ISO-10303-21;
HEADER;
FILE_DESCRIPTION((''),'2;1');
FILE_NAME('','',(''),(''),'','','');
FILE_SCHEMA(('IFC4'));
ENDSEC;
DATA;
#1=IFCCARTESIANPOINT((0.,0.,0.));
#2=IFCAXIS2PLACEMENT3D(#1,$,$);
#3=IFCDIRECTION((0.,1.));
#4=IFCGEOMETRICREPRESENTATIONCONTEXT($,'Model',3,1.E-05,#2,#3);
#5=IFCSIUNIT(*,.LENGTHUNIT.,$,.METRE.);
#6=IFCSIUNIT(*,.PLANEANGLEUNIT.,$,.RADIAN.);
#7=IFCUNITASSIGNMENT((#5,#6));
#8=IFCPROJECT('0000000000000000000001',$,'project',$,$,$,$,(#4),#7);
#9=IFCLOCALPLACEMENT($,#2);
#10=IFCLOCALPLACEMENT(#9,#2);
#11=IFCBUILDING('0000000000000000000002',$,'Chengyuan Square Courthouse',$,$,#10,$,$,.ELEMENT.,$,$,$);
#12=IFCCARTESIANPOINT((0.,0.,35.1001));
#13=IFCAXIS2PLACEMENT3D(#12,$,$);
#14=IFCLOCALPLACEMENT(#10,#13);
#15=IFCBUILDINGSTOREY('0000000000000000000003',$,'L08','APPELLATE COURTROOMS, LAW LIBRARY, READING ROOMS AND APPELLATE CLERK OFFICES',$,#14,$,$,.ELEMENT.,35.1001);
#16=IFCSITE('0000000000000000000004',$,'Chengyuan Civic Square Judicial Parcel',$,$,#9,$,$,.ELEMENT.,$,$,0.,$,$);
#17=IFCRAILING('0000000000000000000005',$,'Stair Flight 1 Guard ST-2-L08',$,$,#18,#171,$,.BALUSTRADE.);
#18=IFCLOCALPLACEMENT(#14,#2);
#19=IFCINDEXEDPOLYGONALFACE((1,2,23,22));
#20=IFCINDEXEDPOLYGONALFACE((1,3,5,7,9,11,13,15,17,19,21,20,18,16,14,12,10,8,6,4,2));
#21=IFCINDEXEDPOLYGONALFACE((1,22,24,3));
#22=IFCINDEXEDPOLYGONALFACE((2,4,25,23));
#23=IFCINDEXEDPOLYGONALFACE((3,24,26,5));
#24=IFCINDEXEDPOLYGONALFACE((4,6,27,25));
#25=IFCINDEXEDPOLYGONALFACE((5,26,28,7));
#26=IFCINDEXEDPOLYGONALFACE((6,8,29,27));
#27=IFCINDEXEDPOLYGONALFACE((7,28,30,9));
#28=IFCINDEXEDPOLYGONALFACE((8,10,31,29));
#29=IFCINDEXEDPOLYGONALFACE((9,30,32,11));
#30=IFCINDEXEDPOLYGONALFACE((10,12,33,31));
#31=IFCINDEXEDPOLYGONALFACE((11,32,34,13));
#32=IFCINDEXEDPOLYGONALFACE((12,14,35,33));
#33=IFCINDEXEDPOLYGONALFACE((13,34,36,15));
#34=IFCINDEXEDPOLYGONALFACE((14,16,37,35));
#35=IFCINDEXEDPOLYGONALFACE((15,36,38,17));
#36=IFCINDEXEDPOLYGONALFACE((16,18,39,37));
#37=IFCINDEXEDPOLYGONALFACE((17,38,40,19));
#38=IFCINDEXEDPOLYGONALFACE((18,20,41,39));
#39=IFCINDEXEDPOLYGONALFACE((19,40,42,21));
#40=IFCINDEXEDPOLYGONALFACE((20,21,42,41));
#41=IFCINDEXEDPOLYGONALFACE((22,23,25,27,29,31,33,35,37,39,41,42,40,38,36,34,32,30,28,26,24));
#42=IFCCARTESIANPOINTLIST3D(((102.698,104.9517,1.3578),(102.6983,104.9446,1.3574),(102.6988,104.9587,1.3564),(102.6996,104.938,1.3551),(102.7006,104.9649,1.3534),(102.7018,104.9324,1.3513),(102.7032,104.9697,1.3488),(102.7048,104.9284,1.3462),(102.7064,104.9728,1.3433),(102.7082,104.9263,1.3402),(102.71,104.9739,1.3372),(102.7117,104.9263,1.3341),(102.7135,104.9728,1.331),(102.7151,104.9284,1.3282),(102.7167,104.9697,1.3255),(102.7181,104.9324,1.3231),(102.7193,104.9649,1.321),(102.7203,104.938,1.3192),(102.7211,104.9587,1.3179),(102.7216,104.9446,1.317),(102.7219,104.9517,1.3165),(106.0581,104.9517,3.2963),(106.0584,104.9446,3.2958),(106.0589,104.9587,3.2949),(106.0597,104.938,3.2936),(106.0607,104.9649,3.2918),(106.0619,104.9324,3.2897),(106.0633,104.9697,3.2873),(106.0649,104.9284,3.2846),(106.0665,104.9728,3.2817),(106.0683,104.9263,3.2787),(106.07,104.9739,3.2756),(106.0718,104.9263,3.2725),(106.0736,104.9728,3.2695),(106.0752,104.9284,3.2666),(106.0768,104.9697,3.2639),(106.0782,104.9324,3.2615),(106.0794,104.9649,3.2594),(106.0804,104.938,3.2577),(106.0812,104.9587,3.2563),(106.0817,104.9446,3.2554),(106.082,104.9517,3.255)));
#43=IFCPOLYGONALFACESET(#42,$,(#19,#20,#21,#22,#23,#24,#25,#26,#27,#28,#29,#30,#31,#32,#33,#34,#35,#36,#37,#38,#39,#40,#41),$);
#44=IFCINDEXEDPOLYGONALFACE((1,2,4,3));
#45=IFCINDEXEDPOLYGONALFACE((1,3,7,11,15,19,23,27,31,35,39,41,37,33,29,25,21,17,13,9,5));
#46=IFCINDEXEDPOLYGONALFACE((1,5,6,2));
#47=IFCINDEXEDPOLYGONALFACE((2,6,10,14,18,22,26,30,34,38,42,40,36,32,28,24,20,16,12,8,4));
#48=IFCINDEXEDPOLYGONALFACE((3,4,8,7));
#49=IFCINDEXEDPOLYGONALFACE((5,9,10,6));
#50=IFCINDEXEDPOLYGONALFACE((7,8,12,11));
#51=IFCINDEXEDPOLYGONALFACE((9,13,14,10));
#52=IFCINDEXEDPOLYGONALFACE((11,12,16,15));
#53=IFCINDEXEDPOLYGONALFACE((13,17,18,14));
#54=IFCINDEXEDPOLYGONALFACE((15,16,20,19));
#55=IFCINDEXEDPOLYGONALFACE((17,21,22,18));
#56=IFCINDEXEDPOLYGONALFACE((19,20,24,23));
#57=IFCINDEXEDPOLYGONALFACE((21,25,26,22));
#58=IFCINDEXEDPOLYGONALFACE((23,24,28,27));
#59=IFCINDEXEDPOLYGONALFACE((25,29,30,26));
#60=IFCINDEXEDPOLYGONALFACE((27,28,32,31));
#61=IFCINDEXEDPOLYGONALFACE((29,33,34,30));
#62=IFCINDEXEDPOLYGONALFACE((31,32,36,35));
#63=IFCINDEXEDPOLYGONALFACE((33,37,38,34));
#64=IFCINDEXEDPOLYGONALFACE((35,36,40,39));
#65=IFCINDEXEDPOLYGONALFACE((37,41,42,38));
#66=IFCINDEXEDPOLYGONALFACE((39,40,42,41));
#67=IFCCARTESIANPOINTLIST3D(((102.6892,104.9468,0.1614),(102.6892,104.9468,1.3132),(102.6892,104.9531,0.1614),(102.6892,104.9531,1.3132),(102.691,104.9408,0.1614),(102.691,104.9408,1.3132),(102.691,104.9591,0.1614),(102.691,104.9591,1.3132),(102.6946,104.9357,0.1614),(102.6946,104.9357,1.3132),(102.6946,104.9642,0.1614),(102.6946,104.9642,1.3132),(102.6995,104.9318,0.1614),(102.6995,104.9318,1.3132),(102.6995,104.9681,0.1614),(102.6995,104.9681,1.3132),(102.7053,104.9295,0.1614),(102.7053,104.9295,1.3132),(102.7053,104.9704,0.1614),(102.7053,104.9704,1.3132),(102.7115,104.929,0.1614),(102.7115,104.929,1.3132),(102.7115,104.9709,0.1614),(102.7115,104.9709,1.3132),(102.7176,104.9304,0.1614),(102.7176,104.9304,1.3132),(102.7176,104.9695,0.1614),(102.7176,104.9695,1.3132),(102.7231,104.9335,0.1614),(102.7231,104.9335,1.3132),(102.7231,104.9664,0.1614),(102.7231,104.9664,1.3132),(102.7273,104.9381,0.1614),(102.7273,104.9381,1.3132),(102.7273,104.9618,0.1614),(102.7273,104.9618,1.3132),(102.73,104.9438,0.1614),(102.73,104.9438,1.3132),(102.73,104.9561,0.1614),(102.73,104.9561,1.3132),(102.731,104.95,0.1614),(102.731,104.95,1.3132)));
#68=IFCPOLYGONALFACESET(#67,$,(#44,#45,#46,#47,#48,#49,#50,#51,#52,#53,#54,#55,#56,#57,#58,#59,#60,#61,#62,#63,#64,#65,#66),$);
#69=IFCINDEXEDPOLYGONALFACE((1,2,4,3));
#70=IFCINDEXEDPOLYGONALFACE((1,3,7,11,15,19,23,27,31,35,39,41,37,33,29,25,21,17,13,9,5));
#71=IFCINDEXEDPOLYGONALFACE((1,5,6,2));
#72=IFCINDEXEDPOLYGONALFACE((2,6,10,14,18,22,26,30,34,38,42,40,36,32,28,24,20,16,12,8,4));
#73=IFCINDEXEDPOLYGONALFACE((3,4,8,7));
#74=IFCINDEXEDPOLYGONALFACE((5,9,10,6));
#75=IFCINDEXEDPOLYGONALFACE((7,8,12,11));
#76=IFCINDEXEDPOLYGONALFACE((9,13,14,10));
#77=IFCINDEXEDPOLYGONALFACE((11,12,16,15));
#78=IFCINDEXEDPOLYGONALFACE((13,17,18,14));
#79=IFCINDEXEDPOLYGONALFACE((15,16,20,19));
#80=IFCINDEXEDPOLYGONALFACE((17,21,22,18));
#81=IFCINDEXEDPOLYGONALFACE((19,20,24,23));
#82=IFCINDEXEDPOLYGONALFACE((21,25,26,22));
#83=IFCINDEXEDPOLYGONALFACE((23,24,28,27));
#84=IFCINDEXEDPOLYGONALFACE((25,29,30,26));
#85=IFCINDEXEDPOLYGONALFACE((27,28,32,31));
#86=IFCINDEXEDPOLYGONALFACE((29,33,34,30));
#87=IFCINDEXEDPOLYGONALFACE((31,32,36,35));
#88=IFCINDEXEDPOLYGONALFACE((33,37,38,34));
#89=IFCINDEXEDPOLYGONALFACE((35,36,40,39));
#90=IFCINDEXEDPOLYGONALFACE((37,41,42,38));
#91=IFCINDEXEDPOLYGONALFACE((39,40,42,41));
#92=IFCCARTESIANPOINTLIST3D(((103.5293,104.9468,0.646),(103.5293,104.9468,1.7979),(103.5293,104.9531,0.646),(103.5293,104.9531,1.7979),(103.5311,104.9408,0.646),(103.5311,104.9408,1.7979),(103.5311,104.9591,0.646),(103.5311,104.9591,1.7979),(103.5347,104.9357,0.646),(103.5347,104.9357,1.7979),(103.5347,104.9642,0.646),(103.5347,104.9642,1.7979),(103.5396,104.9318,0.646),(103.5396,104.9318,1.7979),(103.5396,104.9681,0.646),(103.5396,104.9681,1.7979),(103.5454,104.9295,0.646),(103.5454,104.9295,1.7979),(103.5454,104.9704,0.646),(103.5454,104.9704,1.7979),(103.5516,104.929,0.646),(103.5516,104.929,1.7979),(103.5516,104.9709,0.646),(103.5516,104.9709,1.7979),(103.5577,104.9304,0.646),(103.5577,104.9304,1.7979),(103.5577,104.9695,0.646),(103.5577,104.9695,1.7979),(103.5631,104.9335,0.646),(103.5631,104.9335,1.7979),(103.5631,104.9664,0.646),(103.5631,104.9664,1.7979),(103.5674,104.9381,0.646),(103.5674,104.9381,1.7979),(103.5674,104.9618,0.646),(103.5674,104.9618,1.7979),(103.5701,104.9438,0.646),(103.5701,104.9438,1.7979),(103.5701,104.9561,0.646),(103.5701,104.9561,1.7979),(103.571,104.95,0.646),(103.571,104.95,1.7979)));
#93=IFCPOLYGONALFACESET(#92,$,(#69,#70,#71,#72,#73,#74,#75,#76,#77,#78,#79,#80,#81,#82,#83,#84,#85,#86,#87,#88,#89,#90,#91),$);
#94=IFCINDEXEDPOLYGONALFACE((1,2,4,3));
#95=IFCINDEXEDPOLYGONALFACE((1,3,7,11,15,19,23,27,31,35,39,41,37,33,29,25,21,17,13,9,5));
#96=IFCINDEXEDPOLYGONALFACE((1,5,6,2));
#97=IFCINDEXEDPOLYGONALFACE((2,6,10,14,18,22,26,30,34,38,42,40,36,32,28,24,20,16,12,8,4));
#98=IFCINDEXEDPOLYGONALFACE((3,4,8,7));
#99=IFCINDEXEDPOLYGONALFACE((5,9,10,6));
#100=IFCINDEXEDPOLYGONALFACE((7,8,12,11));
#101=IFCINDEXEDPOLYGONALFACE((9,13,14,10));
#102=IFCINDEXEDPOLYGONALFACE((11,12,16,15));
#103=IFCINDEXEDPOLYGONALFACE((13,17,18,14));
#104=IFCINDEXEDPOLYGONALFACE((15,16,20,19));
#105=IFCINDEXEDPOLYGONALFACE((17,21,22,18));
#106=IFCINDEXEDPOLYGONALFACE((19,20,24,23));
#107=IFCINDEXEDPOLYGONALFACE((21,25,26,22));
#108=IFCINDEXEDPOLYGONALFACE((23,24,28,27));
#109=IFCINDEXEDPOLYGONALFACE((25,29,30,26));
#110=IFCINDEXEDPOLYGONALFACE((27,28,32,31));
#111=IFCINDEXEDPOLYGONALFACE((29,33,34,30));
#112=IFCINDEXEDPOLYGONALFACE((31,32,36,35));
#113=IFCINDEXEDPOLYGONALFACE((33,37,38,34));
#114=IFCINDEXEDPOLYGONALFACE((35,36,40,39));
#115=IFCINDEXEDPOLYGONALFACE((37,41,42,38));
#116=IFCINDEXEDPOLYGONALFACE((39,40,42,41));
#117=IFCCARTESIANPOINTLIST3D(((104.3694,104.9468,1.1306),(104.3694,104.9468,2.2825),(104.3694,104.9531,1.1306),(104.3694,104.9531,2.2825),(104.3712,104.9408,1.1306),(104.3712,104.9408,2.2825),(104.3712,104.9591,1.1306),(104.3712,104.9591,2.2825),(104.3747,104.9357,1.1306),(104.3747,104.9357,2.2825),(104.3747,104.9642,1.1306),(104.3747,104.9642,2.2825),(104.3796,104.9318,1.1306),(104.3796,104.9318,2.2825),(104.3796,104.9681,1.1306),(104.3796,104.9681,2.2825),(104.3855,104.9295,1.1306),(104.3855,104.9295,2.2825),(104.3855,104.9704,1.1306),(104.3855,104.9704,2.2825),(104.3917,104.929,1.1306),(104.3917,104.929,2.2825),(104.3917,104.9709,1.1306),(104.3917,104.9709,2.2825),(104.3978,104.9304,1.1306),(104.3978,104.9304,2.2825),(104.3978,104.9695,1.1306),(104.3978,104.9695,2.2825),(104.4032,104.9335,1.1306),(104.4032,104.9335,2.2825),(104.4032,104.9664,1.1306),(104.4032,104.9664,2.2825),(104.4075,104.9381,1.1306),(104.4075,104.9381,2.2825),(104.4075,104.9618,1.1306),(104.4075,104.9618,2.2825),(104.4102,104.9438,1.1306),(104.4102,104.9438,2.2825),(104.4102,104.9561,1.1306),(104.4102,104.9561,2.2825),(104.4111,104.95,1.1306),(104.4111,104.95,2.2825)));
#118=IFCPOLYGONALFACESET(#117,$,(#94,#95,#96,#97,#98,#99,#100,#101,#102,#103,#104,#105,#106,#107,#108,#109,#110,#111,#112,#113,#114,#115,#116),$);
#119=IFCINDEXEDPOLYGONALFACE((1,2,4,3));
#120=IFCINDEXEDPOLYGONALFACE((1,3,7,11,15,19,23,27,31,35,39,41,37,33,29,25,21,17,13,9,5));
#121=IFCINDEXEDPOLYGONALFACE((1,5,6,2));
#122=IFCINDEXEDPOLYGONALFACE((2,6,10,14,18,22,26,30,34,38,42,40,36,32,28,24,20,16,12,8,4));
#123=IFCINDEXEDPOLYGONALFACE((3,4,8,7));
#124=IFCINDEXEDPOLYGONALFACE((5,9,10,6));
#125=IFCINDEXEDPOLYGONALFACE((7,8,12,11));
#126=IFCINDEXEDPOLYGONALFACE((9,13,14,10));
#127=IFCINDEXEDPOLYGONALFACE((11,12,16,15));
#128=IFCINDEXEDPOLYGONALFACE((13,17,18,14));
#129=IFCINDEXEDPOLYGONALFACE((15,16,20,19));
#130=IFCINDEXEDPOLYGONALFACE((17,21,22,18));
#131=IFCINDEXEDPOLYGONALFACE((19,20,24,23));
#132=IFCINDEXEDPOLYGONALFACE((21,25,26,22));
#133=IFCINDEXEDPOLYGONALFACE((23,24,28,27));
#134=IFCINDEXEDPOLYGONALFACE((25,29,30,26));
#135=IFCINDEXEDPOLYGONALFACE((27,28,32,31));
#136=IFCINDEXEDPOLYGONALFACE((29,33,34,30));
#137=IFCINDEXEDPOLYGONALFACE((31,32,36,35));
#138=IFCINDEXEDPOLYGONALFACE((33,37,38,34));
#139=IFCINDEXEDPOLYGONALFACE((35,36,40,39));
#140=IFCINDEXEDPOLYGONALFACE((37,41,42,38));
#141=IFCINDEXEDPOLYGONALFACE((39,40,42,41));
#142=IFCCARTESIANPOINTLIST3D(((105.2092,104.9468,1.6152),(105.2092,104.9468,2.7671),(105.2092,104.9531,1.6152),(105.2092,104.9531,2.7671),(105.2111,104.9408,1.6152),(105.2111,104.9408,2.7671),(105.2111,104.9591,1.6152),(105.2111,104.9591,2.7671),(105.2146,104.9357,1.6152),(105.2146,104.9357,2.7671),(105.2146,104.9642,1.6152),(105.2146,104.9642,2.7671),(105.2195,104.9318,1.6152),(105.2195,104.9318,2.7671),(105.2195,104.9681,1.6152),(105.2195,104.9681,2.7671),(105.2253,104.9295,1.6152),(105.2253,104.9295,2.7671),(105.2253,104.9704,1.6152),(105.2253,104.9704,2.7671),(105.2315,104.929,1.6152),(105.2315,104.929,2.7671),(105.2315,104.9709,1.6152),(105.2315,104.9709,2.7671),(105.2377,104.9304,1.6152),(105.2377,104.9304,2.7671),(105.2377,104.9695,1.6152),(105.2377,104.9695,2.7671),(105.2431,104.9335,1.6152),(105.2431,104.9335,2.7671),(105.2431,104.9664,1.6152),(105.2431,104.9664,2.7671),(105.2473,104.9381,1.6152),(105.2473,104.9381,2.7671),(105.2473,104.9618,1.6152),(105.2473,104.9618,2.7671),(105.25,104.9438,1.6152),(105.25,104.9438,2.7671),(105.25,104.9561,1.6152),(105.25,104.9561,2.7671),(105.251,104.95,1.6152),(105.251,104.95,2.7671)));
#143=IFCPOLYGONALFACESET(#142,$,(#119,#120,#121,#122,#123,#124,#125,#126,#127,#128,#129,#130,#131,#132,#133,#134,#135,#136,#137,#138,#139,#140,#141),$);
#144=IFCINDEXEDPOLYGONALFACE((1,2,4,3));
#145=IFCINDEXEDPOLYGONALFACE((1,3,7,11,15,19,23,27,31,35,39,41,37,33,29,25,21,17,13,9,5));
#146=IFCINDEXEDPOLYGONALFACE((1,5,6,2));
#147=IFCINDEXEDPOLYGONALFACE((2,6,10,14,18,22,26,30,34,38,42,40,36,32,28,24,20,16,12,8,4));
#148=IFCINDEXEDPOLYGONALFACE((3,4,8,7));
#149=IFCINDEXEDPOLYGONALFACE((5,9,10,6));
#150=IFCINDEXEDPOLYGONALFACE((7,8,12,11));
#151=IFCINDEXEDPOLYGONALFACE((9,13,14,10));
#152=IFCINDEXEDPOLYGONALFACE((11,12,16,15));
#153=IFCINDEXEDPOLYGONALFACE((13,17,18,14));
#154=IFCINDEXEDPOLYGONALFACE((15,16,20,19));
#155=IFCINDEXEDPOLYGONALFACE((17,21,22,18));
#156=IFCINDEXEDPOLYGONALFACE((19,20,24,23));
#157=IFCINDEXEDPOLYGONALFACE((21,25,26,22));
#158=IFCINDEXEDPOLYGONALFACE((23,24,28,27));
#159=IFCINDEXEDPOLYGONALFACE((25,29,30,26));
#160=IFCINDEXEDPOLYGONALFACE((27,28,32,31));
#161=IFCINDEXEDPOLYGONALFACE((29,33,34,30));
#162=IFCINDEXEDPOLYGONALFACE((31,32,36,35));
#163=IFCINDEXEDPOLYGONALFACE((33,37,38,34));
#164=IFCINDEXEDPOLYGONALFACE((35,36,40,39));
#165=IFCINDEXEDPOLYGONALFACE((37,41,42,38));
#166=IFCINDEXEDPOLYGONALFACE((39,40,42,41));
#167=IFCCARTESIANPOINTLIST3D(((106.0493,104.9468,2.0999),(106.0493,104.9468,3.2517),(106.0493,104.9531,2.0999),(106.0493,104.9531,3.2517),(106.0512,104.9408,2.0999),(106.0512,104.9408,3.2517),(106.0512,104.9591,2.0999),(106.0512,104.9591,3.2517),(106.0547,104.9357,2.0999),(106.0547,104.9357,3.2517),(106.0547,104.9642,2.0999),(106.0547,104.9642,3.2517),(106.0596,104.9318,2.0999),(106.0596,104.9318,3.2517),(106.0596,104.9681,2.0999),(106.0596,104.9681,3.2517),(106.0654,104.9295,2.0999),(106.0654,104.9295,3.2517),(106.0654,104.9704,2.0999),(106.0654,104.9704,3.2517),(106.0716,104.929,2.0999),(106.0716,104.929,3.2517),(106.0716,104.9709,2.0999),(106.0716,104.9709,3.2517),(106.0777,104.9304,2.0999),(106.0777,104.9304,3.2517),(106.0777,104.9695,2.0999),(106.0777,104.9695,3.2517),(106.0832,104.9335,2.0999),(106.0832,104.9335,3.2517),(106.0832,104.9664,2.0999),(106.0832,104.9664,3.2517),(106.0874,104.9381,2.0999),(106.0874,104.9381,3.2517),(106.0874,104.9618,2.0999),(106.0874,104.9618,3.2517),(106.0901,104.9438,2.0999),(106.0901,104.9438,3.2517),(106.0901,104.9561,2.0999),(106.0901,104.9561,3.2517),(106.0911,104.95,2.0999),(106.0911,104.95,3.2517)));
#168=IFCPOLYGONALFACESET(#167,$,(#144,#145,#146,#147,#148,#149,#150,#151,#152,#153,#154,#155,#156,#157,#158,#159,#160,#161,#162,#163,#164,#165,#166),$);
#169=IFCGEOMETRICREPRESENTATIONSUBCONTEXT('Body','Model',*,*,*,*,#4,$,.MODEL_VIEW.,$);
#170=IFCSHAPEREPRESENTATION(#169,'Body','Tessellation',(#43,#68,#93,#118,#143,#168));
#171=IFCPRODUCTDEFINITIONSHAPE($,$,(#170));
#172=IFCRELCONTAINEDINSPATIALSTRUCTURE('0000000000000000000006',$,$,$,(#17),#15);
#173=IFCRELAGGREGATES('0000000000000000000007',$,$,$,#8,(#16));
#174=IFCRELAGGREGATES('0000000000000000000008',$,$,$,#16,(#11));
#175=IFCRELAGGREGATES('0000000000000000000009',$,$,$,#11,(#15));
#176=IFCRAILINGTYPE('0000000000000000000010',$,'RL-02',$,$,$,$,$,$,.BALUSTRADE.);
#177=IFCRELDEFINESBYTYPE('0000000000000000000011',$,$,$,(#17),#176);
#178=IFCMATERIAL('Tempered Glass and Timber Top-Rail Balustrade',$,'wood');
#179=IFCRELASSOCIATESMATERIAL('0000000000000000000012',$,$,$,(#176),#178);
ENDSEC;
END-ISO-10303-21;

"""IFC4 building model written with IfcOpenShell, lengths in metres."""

from ifc_helpers import new_model, si_unit, direction, frame, origin, origin_2d, place, context, subcontext, project, spatial, circle, extrude, material, type_object, element, save


model = new_model("IFC4")

# Units and contexts
model_context = context("Model", 3, precision=1e-05, world=origin(), true_north=direction((0.0, 1.0)))
body_context = subcontext(model_context, "Body", "Model", "MODEL_VIEW")
ifc_project = project(units=[si_unit("LENGTHUNIT", "METRE"), si_unit("PLANEANGLEUNIT", "RADIAN")], contexts=[model_context])

# Site, building, storey
site_placement = place(None, origin())
site = spatial("IfcSite", under=ifc_project, at=site_placement, Name="Chengyuan Civic Square Judicial Parcel", CompositionType="ELEMENT", RefElevation=0.0)
building_placement = place(site_placement, origin())
building = spatial("IfcBuilding", under=site, at=building_placement, Name="Chengyuan Square Courthouse", CompositionType="ELEMENT")
storey_placement = place(building_placement, frame((0.0, 0.0, 35.1001)))
storey = spatial("IfcBuildingStorey", under=building, at=storey_placement, Name="L08", Description="APPELLATE COURTROOMS, LAW LIBRARY, READING ROOMS AND APPELLATE CLERK OFFICES", CompositionType="ELEMENT", Elevation=35.1001)

# Railing
ifc_material_1 = material(Name="Tempered Glass and Timber Top-Rail Balustrade", Category="wood")
railing_type = type_object("IfcRailingType", Name="RL-02", PredefinedType="BALUSTRADE", material=ifc_material_1)
railing_1_placement = place(storey_placement, frame((102.71, 104.95, 0.1614)))
element("IfcRailing", 1, at=railing_1_placement, inside=storey, type_object=railing_type, Name="Stair Flight 1 Guard ST-2-L08", PredefinedType="BALUSTRADE", context=body_context, shape_type="SweptSolid", body=[
    extrude(circle(Radius=0.0239, at=origin_2d()), frame((0.0, 0.0, 1.1758), z_axis=(0.866191, 0.0, 0.499713), x_axis=(0.0, 1.0, 0.0)), (0.0, 0.0, 1.0), 3.8792),
    extrude(circle(Radius=0.021, at=origin_2d()), origin(), (0.0, 0.0, 1.0), 1.1519),
    extrude(circle(Radius=0.021, at=origin_2d()), frame((0.8401, 0.0, 0.4846)), (0.0, 0.0, 1.0), 1.1519),
    extrude(circle(Radius=0.021, at=origin_2d()), frame((1.6802, 0.0, 0.9692)), (0.0, 0.0, 1.0), 1.1519),
    extrude(circle(Radius=0.021, at=origin_2d()), frame((2.52, 0.0, 1.4539)), (0.0, 0.0, 1.0), 1.1519),
    extrude(circle(Radius=0.021, at=origin_2d()), frame((3.3601, 0.0, 1.9385)), (0.0, 0.0, 1.0), 1.1519),
])

save(model, "model.ifc")
